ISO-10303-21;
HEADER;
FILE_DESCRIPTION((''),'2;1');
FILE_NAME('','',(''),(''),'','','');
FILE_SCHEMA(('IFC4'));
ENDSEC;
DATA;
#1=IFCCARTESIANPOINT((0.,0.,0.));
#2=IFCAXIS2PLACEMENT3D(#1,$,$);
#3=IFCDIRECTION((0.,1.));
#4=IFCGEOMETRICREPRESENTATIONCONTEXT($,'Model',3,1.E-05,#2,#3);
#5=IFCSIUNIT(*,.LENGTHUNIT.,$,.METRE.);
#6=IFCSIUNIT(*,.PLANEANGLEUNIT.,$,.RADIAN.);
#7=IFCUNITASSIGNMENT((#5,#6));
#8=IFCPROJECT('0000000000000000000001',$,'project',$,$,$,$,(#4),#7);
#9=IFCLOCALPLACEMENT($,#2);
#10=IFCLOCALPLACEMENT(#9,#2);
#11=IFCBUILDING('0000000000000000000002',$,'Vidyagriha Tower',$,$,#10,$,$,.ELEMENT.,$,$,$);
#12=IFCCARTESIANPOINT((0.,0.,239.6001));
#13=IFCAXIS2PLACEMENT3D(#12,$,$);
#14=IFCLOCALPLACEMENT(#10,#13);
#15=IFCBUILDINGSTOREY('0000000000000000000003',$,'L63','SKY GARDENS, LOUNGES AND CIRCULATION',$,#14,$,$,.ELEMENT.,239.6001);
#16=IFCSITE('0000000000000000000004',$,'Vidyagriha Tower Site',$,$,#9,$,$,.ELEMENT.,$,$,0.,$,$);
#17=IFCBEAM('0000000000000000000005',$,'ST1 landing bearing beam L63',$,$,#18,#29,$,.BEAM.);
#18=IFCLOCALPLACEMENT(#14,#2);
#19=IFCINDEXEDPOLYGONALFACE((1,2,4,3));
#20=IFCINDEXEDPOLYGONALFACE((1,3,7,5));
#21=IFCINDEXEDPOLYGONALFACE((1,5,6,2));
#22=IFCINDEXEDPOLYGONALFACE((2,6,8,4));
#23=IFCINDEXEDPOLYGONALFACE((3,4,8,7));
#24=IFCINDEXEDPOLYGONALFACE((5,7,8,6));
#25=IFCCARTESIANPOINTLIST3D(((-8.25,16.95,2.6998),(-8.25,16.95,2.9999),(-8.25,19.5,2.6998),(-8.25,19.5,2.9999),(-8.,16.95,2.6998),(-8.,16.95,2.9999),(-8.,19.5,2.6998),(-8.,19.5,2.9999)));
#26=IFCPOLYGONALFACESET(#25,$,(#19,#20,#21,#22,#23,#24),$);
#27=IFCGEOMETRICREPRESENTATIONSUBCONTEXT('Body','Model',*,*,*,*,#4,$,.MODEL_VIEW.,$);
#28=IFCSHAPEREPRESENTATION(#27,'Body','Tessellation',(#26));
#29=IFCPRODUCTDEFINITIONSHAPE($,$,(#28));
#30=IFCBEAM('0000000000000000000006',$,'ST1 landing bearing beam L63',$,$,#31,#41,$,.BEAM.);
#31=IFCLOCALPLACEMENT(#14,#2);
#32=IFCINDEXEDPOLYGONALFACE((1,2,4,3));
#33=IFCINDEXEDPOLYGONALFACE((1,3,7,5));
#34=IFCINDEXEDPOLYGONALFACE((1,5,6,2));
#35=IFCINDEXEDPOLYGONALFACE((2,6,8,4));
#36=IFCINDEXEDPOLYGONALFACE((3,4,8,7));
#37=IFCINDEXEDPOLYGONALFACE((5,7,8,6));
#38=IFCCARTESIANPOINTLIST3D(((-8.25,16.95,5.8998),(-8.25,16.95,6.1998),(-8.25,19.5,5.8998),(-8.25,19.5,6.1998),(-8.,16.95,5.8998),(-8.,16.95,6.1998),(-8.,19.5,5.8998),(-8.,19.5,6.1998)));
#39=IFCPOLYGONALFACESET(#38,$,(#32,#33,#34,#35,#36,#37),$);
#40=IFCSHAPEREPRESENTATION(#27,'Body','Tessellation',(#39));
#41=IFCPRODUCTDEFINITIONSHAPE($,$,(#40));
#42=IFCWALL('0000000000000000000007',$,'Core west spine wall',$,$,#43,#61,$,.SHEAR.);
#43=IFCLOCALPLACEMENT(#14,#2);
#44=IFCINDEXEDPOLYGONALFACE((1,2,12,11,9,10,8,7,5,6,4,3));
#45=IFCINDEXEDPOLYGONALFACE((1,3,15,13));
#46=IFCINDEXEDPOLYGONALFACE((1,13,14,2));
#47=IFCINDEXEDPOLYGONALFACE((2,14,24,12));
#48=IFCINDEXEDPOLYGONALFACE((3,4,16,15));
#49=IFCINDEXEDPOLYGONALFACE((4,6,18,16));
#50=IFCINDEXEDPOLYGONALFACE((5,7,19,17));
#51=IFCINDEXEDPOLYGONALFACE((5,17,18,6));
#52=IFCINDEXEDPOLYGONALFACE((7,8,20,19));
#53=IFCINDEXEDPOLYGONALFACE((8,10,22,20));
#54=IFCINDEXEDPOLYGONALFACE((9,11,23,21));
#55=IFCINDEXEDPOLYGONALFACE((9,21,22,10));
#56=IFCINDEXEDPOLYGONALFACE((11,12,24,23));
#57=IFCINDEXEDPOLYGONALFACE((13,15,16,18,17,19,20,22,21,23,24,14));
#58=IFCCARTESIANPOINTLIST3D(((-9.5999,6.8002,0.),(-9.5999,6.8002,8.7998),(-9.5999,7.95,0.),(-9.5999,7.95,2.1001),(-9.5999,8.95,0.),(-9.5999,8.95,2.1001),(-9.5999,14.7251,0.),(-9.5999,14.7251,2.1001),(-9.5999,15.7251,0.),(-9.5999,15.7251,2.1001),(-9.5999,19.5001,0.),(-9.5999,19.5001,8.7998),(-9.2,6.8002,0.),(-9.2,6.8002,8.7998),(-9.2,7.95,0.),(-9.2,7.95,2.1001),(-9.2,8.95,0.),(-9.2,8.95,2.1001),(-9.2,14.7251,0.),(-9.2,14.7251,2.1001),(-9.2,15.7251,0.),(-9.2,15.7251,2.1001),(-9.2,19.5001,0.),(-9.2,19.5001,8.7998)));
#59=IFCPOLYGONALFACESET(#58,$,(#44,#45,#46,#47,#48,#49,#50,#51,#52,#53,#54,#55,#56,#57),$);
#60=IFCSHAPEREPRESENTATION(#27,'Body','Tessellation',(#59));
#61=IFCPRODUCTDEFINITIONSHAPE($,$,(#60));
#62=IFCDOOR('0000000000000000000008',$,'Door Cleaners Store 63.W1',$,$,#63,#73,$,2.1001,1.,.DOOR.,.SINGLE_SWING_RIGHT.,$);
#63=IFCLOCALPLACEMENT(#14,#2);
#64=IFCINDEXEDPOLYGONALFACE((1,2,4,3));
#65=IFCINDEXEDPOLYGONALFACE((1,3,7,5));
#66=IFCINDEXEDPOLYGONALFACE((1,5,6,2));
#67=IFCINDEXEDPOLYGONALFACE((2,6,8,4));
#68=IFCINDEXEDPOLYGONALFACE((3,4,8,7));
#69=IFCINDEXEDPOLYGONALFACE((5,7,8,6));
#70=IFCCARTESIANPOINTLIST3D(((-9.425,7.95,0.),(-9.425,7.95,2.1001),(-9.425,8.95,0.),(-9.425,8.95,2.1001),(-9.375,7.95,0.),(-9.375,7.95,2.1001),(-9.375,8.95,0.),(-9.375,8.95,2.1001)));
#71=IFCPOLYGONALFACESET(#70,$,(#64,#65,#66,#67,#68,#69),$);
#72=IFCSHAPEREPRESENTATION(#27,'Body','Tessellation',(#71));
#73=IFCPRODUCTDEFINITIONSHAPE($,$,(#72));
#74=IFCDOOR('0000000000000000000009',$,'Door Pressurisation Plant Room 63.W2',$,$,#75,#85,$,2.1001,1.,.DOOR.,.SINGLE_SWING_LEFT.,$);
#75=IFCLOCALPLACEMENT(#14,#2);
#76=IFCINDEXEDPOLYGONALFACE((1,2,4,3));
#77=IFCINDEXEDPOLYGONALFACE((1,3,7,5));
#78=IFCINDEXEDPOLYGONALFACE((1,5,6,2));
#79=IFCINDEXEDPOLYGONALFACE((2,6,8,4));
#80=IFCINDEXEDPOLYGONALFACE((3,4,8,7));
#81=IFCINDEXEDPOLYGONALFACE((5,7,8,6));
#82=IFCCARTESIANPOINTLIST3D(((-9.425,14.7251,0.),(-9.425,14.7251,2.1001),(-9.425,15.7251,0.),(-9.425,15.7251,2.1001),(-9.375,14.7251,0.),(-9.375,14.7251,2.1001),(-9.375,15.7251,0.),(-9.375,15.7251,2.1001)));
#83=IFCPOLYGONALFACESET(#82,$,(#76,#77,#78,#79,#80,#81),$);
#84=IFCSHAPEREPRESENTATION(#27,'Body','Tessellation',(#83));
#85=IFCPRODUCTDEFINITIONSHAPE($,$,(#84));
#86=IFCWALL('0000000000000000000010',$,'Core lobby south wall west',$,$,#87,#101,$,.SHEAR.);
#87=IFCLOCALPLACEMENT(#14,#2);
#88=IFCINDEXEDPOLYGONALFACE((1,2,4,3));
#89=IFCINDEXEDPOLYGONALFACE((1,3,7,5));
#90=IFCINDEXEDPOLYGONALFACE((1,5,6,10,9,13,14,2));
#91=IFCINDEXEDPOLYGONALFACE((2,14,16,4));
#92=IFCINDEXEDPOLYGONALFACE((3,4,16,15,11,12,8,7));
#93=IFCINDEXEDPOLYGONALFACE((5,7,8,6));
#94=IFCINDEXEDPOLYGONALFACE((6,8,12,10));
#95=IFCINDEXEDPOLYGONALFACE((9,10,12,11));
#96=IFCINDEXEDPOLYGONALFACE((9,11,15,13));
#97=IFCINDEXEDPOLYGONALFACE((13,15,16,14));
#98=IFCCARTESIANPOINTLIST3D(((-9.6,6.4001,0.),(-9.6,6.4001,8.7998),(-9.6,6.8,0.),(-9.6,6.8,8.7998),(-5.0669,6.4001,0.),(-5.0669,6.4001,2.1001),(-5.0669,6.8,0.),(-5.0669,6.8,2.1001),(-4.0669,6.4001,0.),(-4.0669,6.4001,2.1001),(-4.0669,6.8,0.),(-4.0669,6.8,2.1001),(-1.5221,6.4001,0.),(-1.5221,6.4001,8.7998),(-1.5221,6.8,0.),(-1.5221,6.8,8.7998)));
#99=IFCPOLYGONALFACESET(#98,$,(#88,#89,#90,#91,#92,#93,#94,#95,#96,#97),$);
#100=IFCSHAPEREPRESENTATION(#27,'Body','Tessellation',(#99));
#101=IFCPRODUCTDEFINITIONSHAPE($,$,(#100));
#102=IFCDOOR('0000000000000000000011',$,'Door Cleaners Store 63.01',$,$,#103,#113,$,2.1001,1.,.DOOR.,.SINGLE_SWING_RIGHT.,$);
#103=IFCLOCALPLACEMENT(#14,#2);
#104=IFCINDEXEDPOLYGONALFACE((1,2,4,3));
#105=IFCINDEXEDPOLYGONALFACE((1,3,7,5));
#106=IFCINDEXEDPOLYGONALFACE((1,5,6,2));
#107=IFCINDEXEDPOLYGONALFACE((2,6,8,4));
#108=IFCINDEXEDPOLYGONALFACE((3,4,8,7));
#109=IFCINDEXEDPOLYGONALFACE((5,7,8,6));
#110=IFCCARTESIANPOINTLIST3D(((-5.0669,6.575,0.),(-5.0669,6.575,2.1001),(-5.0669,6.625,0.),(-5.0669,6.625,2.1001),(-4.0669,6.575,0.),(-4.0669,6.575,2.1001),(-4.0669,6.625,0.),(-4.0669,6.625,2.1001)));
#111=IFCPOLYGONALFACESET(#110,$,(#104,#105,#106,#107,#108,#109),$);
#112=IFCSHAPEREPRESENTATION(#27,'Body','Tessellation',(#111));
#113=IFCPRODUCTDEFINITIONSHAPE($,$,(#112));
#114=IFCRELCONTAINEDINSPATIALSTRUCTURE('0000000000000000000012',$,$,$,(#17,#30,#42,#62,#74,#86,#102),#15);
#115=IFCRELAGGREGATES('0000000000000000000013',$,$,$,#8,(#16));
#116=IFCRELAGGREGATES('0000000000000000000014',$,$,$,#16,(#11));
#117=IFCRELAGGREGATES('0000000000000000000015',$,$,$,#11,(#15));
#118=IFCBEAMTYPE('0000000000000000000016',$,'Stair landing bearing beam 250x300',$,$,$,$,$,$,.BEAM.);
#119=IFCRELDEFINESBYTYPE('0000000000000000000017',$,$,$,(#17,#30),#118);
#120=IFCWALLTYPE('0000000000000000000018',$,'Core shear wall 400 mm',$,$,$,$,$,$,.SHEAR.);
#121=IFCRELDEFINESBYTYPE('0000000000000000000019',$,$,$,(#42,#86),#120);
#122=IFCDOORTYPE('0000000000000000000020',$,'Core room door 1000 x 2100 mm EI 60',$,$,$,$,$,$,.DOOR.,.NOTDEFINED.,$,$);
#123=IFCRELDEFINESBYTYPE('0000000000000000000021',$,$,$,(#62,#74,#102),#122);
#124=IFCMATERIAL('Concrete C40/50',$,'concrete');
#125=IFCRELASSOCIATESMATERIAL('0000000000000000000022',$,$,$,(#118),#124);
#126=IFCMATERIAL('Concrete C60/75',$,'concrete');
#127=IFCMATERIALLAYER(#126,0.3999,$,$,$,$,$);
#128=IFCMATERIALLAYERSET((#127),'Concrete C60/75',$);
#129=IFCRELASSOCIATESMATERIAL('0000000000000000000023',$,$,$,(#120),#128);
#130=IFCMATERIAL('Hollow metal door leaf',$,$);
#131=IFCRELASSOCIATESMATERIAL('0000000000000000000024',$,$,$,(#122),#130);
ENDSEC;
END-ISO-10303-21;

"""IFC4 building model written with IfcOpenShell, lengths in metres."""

from ifc_helpers import new_model, si_unit, direction, frame, frame_2d, origin, origin_2d, place, context, subcontext, project, spatial, rectangle, extrude, material, layer, layer_set, material_profile, profile_set, type_object, element, fill, save


model = new_model("IFC4")

# Units and contexts
model_context = context("Model", 3, precision=1e-05, world=origin(), true_north=direction((0.0, 1.0)))
body_context = subcontext(model_context, "Body", "Model", "MODEL_VIEW")
ifc_project = project(units=[si_unit("LENGTHUNIT", "METRE"), si_unit("PLANEANGLEUNIT", "RADIAN")], contexts=[model_context])

# Site, building, storey
site_placement = place(None, origin())
site = spatial("IfcSite", under=ifc_project, at=site_placement, Name="Vidyagriha Tower Site", CompositionType="ELEMENT", RefElevation=0.0)
building_placement = place(site_placement, origin())
building = spatial("IfcBuilding", under=site, at=building_placement, Name="Vidyagriha Tower", CompositionType="ELEMENT")
storey_placement = place(building_placement, frame((0.0, 0.0, 239.6001)))
storey = spatial("IfcBuildingStorey", under=building, at=storey_placement, Name="L63", Description="SKY GARDENS, LOUNGES AND CIRCULATION", CompositionType="ELEMENT", Elevation=239.6001)

# Beams
ifc_material_1 = material(Name="Concrete C40/50", Category="concrete")
ifc_material_profile = material_profile(ifc_material_1, rectangle(XDim=0.25, YDim=0.3, at=origin_2d()), Name="Stair landing bearing beam 250x300")
ifc_profile_set = profile_set([ifc_material_profile], Name="Concrete C40/50")
beam_type = type_object("IfcBeamType", Name="Stair landing bearing beam 250x300", PredefinedType="BEAM", material=ifc_profile_set)
for number, where, z_axis, x_axis, name in (
    (1, (-8.125, 16.95, 2.8499), (0.0, 1.0, 0.0), (-1.0, 0.0, 0.0), "ST1 landing bearing beam L63"),
    (2, (-8.125, 16.95, 6.0498), (0.0, 1.0, 0.0), (-1.0, 0.0, 0.0), "ST1 landing bearing beam L63"),
):
    element("IfcBeam", number, at=place(storey_placement, frame(where, z_axis=z_axis, x_axis=x_axis)), inside=storey, type_object=beam_type, Name=name, PredefinedType="BEAM", context=body_context, shape_type="SweptSolid", body=[
        extrude(rectangle(XDim=0.25, YDim=0.3, at=origin_2d()), origin(), (0.0, 0.0, 1.0), 2.55),
    ])

# Wall, openings, doors
ifc_material_2 = material(Name="Concrete C60/75", Category="concrete")
ifc_layer_1 = layer(ifc_material_2, 0.3999)
ifc_layer_set_1 = layer_set([ifc_layer_1], Name="Concrete C60/75")
wall_type_1 = type_object("IfcWallType", Name="Core shear wall 400 mm", PredefinedType="SHEAR", material=ifc_layer_set_1)
wall_1_placement = place(storey_placement, frame((-9.3999, 6.8, 0.0), z_axis=(0.0, 0.0, 1.0), x_axis=(0.0, 1.0, 0.0)))
wall_1 = element("IfcWall", 3, at=wall_1_placement, inside=storey, type_object=wall_type_1, Name="Core west spine wall", PredefinedType="SHEAR", context=body_context, shape_type="SweptSolid", body=[
    extrude(rectangle(XDim=12.7, YDim=0.3999, at=frame_2d((6.3501, 0.0))), origin(), (0.0, 0.0, 1.0), 8.7998),
])
opening_1_placement = place(wall_1_placement, frame((1.1499, 0.0, 0.0)))
opening_1 = element("IfcOpeningElement", 4, at=opening_1_placement, cuts=wall_1, PredefinedType="OPENING", context=body_context, shape_type="SweptSolid", body=[
    extrude(rectangle(XDim=1.0, YDim=2.1001, at=frame_2d((0.5, 1.05))), frame((0.0, 0.21, 0.0), z_axis=(0.0, -1.0, 0.0), x_axis=(1.0, 0.0, 0.0)), (0.0, 0.0, 1.0), 0.4199),
])
opening_2_placement = place(wall_1_placement, frame((7.925, 0.0, 0.0)))
opening_2 = element("IfcOpeningElement", 5, at=opening_2_placement, cuts=wall_1, PredefinedType="OPENING", context=body_context, shape_type="SweptSolid", body=[
    extrude(rectangle(XDim=1.0, YDim=2.1001, at=frame_2d((0.5, 1.05))), frame((0.0, 0.21, 0.0), z_axis=(0.0, -1.0, 0.0), x_axis=(1.0, 0.0, 0.0)), (0.0, 0.0, 1.0), 0.4199),
])
ifc_material_3 = material(Name="Hollow metal door leaf")
door_type_1 = type_object("IfcDoorType", Name="Core room door 1000 x 2100 mm EI 60", OperationType="NOTDEFINED", PredefinedType="DOOR", material=ifc_material_3)
door_1_placement = place(opening_1_placement, frame((1.0, 0.0, 0.0), z_axis=(0.0, 0.0, 1.0), x_axis=(-1.0, 0.0, 0.0)))
door_1 = element("IfcDoor", 6, at=door_1_placement, inside=storey, type_object=door_type_1, Name="Door Cleaners Store 63.W1", OperationType="SINGLE_SWING_RIGHT", OverallHeight=2.1001, OverallWidth=1.0, PredefinedType="DOOR", context=body_context, shape_type="SweptSolid", body=[
    extrude(rectangle(XDim=1.0, YDim=2.1001, at=frame_2d((0.5, 1.05))), frame((0.0, 0.0249, 0.0), z_axis=(0.0, -1.0, 0.0), x_axis=(1.0, 0.0, 0.0)), (0.0, 0.0, 1.0), 0.05),
])
fill(opening_1, door_1)
door_2_placement = place(opening_2_placement, frame((1.0, 0.0, 0.0), z_axis=(0.0, 0.0, 1.0), x_axis=(-1.0, 0.0, 0.0)))
door_2 = element("IfcDoor", 7, at=door_2_placement, inside=storey, type_object=door_type_1, Name="Door Pressurisation Plant Room 63.W2", OperationType="SINGLE_SWING_LEFT", OverallHeight=2.1001, OverallWidth=1.0, PredefinedType="DOOR", context=body_context, shape_type="SweptSolid", body=[
    extrude(rectangle(XDim=1.0, YDim=2.1001, at=frame_2d((0.5, 1.05))), frame((0.0, 0.0249, 0.0), z_axis=(0.0, -1.0, 0.0), x_axis=(1.0, 0.0, 0.0)), (0.0, 0.0, 1.0), 0.05),
])
fill(opening_2, door_2)

# Wall, opening, door
wall_2_placement = place(storey_placement, frame((-9.6001, 6.6001, 0.0)))
wall_2 = element("IfcWall", 8, at=wall_2_placement, inside=storey, type_object=wall_type_1, Name="Core lobby south wall west", PredefinedType="SHEAR", context=body_context, shape_type="SweptSolid", body=[
    extrude(rectangle(XDim=8.0779, YDim=0.3999, at=frame_2d((4.0391, 0.0))), origin(), (0.0, 0.0, 1.0), 8.7998),
])
opening_3_placement = place(wall_2_placement, frame((4.5332, 0.0, 0.0)))
opening_3 = element("IfcOpeningElement", 9, at=opening_3_placement, cuts=wall_2, PredefinedType="OPENING", context=body_context, shape_type="SweptSolid", body=[
    extrude(rectangle(XDim=1.0, YDim=2.1001, at=frame_2d((0.5, 1.05))), frame((0.0, 0.21, 0.0), z_axis=(0.0, -1.0, 0.0), x_axis=(1.0, 0.0, 0.0)), (0.0, 0.0, 1.0), 0.4199),
])
door_3_placement = place(opening_3_placement, origin())
door_3 = element("IfcDoor", 10, at=door_3_placement, inside=storey, type_object=door_type_1, Name="Door Cleaners Store 63.01", OperationType="SINGLE_SWING_RIGHT", OverallHeight=2.1001, OverallWidth=1.0, PredefinedType="DOOR", context=body_context, shape_type="SweptSolid", body=[
    extrude(rectangle(XDim=1.0, YDim=2.1001, at=frame_2d((0.5, 1.05))), frame((0.0, 0.0249, 0.0), z_axis=(0.0, -1.0, 0.0), x_axis=(1.0, 0.0, 0.0)), (0.0, 0.0, 1.0), 0.05),
])
fill(opening_3, door_3)

save(model, "model.ifc")
